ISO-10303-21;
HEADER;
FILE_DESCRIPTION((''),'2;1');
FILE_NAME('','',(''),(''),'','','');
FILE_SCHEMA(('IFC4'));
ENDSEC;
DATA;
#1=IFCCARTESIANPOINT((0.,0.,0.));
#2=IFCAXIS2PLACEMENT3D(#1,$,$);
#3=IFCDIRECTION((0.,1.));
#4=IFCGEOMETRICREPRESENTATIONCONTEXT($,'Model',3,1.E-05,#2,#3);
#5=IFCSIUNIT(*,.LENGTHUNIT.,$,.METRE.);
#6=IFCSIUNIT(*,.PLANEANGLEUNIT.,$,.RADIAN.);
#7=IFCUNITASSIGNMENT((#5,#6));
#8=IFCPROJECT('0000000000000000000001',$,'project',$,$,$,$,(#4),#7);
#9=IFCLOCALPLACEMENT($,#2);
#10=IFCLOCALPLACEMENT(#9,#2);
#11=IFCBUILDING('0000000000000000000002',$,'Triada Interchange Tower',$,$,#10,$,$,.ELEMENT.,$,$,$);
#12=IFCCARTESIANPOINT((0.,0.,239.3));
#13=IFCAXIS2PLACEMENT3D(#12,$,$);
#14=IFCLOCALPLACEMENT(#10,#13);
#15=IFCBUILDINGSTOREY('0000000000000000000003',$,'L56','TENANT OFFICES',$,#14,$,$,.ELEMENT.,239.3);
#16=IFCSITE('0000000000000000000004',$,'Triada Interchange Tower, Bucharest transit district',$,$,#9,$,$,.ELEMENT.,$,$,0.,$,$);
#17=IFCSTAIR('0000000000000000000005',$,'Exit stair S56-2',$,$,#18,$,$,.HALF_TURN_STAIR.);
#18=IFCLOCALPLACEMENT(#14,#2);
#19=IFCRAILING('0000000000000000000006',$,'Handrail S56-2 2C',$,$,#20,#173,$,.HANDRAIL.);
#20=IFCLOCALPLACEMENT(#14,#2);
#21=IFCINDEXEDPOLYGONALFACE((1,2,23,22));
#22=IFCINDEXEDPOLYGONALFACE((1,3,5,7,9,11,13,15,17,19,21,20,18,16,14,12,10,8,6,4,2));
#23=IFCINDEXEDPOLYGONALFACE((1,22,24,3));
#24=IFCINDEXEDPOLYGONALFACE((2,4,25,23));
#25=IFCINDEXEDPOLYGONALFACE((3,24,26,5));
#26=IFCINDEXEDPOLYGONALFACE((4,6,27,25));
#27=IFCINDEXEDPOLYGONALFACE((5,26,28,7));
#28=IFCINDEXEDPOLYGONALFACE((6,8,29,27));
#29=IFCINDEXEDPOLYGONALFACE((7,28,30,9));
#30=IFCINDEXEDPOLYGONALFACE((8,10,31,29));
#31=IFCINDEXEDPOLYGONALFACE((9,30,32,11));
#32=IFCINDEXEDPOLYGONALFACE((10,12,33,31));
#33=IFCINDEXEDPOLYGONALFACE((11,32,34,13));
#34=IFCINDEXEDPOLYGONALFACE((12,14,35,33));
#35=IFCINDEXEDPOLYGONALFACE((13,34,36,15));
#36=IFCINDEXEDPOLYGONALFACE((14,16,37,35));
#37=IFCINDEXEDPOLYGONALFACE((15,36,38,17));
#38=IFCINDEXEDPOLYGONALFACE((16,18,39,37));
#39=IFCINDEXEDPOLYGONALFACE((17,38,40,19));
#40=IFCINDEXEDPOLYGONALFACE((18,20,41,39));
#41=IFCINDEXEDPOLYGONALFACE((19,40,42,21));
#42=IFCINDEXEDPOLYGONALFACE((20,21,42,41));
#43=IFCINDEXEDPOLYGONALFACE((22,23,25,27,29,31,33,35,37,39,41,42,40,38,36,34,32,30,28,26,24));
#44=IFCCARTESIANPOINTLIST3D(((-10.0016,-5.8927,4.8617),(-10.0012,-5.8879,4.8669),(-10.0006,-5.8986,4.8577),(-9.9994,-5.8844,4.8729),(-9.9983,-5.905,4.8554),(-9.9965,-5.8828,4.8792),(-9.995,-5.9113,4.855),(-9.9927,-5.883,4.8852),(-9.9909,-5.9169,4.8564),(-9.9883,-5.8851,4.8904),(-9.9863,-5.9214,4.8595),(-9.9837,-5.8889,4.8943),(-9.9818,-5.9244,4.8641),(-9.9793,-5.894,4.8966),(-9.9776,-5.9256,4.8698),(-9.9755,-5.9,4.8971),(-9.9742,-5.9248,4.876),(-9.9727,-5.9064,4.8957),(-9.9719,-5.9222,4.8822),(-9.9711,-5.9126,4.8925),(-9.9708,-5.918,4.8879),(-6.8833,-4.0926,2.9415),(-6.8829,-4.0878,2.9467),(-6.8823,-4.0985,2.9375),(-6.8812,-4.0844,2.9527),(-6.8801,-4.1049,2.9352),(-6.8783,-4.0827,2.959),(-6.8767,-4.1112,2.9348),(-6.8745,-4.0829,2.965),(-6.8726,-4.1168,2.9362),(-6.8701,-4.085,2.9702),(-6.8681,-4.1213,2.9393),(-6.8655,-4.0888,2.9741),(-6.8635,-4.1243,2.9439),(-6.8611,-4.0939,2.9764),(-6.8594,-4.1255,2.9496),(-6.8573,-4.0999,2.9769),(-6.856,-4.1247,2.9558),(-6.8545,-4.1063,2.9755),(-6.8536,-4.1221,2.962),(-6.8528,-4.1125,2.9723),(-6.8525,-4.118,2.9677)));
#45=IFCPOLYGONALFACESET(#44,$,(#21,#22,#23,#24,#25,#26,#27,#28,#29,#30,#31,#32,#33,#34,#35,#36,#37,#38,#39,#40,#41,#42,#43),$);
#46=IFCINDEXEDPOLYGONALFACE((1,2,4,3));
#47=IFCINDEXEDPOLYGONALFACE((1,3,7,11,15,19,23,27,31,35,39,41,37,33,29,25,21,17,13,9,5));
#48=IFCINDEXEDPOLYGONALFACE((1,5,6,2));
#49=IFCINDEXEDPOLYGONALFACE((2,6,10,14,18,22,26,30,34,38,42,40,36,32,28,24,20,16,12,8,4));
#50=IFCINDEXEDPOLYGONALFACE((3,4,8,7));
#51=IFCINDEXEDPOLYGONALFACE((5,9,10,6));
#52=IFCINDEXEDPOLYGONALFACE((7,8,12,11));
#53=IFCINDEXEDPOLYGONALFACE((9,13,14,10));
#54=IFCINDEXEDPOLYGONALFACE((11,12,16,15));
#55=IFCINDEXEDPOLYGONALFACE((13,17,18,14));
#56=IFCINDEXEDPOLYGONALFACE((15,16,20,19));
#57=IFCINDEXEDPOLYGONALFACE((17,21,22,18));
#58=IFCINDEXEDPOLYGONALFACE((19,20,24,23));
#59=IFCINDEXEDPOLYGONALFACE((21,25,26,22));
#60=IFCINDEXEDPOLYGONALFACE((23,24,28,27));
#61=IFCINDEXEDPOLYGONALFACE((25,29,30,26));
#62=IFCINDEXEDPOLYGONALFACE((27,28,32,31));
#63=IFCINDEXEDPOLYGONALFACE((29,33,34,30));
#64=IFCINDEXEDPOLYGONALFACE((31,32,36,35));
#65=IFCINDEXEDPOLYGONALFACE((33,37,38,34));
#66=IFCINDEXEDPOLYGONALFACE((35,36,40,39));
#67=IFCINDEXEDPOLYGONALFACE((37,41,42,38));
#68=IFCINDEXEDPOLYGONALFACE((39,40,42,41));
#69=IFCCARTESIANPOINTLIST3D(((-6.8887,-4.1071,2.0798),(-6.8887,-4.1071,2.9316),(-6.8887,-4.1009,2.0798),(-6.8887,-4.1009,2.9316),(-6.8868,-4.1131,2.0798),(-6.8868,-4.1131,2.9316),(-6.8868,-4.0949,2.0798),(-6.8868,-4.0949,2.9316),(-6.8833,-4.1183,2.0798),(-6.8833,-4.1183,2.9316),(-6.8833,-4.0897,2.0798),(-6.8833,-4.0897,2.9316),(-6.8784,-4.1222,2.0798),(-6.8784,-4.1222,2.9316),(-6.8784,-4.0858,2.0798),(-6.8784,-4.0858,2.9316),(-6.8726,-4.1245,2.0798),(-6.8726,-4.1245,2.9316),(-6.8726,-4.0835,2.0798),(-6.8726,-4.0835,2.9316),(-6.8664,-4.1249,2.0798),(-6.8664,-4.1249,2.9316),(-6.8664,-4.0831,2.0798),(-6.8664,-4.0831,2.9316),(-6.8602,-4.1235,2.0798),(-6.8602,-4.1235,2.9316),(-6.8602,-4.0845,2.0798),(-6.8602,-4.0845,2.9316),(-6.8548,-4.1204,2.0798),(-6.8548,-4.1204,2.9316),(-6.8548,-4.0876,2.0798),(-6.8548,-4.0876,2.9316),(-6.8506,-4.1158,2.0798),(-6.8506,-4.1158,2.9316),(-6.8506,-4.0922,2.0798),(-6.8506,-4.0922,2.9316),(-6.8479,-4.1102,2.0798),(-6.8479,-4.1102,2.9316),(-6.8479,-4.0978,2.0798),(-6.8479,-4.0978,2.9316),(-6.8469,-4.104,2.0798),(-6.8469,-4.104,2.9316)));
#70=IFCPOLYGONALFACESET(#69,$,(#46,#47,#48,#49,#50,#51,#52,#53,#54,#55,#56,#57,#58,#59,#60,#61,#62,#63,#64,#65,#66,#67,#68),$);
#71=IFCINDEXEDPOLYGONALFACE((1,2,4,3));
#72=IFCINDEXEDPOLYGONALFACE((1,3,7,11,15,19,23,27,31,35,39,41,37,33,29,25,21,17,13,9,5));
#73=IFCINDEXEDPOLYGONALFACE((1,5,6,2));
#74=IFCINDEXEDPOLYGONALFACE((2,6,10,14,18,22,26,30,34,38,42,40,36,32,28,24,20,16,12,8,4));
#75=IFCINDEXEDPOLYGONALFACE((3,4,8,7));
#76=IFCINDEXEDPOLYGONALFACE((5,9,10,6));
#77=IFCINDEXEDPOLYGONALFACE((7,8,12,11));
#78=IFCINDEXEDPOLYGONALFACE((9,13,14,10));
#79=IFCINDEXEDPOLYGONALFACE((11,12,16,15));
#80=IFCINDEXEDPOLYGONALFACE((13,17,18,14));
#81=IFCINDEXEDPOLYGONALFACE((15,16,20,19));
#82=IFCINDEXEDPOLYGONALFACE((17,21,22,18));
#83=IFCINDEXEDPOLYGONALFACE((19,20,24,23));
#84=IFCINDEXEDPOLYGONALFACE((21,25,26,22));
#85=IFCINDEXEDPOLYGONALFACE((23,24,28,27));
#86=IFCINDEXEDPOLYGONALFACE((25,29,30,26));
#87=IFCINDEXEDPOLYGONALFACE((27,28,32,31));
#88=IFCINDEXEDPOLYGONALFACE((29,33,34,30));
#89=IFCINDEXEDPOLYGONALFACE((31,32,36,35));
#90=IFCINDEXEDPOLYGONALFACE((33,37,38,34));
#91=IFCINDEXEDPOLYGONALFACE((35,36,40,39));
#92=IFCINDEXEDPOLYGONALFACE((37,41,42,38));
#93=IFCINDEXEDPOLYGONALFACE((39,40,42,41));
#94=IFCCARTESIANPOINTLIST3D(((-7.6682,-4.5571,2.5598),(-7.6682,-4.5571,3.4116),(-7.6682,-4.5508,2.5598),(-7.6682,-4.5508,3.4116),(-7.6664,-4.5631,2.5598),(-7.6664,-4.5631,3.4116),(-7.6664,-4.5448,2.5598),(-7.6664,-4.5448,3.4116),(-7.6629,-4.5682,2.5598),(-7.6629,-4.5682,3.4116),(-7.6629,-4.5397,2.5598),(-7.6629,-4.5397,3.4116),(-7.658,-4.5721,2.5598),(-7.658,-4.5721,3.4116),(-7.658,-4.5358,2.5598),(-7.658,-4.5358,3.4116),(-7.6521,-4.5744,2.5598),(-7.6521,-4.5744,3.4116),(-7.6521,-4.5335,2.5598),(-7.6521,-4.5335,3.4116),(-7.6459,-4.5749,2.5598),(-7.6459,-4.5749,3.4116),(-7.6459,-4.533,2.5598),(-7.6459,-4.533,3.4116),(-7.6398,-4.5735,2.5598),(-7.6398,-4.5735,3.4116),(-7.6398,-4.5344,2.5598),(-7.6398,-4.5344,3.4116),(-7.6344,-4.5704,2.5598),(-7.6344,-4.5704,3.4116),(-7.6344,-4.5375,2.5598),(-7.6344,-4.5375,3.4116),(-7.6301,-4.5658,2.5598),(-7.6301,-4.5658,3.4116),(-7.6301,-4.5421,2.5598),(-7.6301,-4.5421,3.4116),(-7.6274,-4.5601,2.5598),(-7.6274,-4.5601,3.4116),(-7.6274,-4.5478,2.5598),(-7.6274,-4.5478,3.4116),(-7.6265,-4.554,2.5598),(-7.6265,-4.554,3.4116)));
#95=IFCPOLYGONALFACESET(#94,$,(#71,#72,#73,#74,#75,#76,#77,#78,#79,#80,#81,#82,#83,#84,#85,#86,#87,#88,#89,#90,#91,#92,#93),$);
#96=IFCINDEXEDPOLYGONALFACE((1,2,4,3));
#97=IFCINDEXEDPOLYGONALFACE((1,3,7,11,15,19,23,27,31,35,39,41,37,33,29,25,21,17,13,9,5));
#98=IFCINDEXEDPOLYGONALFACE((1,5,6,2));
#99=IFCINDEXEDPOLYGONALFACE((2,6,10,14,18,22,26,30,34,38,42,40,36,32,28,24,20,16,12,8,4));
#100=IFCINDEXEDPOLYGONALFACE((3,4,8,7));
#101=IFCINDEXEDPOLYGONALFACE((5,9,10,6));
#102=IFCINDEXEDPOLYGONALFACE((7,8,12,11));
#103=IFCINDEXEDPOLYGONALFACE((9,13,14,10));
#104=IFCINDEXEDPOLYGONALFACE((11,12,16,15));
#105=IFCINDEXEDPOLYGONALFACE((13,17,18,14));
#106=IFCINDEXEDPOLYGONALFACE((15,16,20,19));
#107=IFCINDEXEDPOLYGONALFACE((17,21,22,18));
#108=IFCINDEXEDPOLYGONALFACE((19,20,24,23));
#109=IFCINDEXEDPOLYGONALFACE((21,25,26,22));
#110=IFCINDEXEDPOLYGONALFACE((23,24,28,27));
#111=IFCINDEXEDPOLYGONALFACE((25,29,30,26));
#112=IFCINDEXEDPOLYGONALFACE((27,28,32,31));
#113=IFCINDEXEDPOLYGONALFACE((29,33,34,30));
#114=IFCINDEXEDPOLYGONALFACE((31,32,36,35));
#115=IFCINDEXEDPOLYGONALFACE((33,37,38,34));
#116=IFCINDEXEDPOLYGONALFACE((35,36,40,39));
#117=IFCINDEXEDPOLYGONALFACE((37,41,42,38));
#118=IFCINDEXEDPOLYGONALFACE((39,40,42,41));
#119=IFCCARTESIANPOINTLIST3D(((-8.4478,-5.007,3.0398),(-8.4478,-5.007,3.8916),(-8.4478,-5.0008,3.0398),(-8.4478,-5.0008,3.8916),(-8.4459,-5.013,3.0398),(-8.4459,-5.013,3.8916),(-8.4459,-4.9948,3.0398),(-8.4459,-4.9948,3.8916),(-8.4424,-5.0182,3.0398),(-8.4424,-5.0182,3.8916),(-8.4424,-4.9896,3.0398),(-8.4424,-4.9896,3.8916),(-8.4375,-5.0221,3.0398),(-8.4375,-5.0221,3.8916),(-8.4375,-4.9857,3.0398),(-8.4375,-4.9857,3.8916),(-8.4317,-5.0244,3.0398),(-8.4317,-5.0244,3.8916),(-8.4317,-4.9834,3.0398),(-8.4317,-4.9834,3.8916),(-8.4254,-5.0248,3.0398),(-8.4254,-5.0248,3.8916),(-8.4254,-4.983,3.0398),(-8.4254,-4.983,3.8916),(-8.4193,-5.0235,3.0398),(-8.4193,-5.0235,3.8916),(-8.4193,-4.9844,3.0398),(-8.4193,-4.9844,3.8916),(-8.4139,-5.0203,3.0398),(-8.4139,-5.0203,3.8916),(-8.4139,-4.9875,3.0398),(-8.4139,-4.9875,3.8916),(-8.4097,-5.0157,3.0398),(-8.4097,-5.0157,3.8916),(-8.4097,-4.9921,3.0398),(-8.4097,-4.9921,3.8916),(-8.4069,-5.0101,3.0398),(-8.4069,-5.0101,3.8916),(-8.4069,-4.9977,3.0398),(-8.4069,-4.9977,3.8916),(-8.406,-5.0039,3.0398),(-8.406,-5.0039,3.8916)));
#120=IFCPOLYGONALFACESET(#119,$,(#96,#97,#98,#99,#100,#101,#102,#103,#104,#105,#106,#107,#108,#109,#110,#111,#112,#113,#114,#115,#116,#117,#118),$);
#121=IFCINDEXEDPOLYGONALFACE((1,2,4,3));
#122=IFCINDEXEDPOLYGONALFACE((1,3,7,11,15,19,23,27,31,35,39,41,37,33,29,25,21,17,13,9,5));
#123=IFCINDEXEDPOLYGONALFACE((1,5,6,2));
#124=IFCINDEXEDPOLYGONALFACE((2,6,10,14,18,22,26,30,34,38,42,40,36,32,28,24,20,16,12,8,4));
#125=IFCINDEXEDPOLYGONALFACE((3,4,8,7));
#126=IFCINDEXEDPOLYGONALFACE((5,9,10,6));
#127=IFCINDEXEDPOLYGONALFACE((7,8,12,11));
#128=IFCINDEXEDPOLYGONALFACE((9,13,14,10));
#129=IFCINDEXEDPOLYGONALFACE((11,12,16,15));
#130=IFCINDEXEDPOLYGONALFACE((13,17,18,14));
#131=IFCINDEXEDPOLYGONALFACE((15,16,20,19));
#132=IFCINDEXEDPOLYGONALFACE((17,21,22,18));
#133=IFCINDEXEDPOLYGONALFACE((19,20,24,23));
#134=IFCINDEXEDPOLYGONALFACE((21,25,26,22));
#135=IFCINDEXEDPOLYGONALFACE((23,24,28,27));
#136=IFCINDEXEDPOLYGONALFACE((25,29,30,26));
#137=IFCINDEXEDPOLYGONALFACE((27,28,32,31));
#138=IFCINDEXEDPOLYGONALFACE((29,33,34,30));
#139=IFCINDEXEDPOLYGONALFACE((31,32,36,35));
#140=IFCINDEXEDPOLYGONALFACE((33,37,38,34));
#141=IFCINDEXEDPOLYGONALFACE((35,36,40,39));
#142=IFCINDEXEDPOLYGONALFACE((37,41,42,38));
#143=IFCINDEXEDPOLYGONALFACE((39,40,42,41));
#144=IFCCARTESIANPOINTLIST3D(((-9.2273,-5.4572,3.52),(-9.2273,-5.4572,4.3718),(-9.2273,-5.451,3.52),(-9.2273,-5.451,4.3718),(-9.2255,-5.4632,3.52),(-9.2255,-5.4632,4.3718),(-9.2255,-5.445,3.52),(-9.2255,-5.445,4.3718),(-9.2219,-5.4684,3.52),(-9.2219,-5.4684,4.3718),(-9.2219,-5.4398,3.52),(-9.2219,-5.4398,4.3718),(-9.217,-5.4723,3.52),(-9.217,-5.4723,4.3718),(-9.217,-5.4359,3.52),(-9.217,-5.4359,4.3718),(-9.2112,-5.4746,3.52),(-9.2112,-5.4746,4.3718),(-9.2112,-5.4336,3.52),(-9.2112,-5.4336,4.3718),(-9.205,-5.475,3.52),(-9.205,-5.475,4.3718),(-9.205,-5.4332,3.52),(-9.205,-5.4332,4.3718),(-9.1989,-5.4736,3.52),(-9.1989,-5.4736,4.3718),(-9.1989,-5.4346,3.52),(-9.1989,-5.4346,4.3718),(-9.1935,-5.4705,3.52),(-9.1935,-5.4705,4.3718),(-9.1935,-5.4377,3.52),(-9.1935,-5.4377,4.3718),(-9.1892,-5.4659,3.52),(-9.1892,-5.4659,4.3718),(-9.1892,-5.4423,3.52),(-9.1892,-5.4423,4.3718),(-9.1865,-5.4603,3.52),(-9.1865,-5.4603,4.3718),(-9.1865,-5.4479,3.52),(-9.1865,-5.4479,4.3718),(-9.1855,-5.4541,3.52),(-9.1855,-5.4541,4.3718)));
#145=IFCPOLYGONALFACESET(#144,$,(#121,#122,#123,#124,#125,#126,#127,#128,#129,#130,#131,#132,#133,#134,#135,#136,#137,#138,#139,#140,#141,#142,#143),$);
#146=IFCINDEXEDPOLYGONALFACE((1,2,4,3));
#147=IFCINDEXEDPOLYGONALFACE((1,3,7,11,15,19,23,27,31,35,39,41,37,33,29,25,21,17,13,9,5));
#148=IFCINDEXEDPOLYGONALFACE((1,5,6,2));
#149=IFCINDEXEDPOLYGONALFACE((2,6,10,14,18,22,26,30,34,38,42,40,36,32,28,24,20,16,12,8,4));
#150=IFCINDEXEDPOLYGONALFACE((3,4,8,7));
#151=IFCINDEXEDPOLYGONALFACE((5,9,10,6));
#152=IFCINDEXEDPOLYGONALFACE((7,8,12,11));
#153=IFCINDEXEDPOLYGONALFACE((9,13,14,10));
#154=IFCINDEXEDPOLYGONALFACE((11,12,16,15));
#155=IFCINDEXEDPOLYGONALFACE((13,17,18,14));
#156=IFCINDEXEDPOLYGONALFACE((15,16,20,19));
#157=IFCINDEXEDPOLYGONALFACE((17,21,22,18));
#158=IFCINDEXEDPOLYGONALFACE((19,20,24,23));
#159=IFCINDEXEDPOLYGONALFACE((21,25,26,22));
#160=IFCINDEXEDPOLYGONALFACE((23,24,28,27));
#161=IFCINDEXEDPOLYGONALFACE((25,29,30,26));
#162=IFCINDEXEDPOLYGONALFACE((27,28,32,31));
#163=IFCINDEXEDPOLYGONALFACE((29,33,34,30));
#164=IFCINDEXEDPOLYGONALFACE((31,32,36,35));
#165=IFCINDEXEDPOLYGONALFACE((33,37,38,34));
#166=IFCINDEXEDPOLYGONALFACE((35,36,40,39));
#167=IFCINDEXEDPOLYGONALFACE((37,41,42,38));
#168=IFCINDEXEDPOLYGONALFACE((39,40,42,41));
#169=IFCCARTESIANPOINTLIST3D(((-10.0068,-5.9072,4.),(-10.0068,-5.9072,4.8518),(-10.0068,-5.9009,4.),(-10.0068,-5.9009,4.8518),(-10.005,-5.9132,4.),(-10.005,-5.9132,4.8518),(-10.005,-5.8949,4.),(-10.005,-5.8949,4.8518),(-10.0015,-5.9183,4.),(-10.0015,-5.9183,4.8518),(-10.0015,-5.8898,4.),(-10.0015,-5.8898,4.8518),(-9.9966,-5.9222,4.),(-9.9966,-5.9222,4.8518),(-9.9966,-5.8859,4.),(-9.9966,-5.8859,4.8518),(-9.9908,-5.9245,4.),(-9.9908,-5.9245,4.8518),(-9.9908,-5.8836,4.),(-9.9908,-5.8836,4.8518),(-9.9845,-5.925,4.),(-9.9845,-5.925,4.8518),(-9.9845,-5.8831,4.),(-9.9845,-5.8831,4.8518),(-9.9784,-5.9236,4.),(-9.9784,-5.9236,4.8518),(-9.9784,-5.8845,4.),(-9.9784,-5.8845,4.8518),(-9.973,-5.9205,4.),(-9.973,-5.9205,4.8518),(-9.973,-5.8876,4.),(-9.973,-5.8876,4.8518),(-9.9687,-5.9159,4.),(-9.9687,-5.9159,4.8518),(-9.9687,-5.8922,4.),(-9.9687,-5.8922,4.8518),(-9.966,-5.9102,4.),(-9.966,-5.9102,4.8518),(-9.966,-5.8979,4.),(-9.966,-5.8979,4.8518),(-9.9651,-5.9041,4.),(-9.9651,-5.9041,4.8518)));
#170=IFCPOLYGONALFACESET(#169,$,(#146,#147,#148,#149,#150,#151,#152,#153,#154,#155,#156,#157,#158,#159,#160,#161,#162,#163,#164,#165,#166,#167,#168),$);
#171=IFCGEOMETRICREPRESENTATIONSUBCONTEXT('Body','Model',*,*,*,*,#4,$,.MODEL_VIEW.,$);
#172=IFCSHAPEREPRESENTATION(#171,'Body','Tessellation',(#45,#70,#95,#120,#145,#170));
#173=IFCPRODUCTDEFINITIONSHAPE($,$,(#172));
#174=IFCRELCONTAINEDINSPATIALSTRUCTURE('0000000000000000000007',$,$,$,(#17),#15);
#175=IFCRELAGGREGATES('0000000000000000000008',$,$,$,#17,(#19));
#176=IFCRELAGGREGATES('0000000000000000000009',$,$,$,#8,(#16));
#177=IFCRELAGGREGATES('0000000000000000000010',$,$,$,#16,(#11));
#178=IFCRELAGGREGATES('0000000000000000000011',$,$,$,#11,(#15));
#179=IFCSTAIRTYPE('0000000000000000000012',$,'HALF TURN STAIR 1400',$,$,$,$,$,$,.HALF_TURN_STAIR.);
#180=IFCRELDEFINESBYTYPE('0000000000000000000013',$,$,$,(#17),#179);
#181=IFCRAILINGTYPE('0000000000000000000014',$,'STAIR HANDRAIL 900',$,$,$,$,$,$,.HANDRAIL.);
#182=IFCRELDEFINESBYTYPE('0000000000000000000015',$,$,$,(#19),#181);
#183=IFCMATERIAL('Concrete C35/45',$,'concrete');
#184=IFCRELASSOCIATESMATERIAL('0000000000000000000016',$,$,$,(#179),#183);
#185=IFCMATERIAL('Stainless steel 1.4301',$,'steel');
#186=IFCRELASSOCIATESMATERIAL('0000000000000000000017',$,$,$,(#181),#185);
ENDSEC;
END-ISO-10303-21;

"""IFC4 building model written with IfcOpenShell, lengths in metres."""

from ifc_helpers import new_model, si_unit, direction, frame, origin, origin_2d, place, context, subcontext, project, spatial, circle, extrude, material, type_object, element, aggregate, save


model = new_model("IFC4")

# Units and contexts
model_context = context("Model", 3, precision=1e-05, world=origin(), true_north=direction((0.0, 1.0)))
body_context = subcontext(model_context, "Body", "Model", "MODEL_VIEW")
ifc_project = project(units=[si_unit("LENGTHUNIT", "METRE"), si_unit("PLANEANGLEUNIT", "RADIAN")], contexts=[model_context])

# Site, building, storey
site_placement = place(None, origin())
site = spatial("IfcSite", under=ifc_project, at=site_placement, Name="Triada Interchange Tower, Bucharest transit district", CompositionType="ELEMENT", RefElevation=0.0)
building_placement = place(site_placement, origin())
building = spatial("IfcBuilding", under=site, at=building_placement, Name="Triada Interchange Tower", CompositionType="ELEMENT")
storey_placement = place(building_placement, frame((0.0, 0.0, 239.3)))
storey = spatial("IfcBuildingStorey", under=building, at=storey_placement, Name="L56", Description="TENANT OFFICES", CompositionType="ELEMENT", Elevation=239.3)

# Stair, railing
ifc_material_1 = material(Name="Concrete C35/45", Category="concrete")
stair_type = type_object("IfcStairType", Name="HALF TURN STAIR 1400", PredefinedType="HALF_TURN_STAIR", material=ifc_material_1)
stair_placement = place(storey_placement, origin())
stair = element("IfcStair", 1, at=stair_placement, inside=storey, type_object=stair_type, Name="Exit stair S56-2", PredefinedType="HALF_TURN_STAIR")
ifc_material_2 = material(Name="Stainless steel 1.4301", Category="steel")
railing_type = type_object("IfcRailingType", Name="STAIR HANDRAIL 900", PredefinedType="HANDRAIL", material=ifc_material_2)
railing_1_placement = place(storey_placement, frame((-6.8679, -4.104, 2.0798)))
railing_1 = element("IfcRailing", 2, at=railing_1_placement, type_object=railing_type, Name="Handrail S56-2 2C", PredefinedType="HANDRAIL", context=body_context, shape_type="SweptSolid", body=[
    extrude(circle(Radius=0.0239, at=origin_2d()), frame((0.0, 0.0, 0.876), z_axis=(-0.76417, -0.441139, 0.470576), x_axis=(0.499953, -0.866052, 0.0)), (0.0, 0.0, 1.0), 4.0806),
    extrude(circle(Radius=0.021, at=origin_2d()), origin(), (0.0, 0.0, 1.0), 0.8518),
    extrude(circle(Radius=0.021, at=origin_2d()), frame((-0.7795, -0.45, 0.48)), (0.0, 0.0, 1.0), 0.8518),
    extrude(circle(Radius=0.021, at=origin_2d()), frame((-1.5591, -0.8999, 0.96)), (0.0, 0.0, 1.0), 0.8518),
    extrude(circle(Radius=0.021, at=origin_2d()), frame((-2.3386, -1.3501, 1.4402)), (0.0, 0.0, 1.0), 0.8518),
    extrude(circle(Radius=0.021, at=origin_2d()), frame((-3.1182, -1.8, 1.9202)), (0.0, 0.0, 1.0), 0.8518),
])
aggregate(stair, [railing_1])

save(model, "model.ifc")
